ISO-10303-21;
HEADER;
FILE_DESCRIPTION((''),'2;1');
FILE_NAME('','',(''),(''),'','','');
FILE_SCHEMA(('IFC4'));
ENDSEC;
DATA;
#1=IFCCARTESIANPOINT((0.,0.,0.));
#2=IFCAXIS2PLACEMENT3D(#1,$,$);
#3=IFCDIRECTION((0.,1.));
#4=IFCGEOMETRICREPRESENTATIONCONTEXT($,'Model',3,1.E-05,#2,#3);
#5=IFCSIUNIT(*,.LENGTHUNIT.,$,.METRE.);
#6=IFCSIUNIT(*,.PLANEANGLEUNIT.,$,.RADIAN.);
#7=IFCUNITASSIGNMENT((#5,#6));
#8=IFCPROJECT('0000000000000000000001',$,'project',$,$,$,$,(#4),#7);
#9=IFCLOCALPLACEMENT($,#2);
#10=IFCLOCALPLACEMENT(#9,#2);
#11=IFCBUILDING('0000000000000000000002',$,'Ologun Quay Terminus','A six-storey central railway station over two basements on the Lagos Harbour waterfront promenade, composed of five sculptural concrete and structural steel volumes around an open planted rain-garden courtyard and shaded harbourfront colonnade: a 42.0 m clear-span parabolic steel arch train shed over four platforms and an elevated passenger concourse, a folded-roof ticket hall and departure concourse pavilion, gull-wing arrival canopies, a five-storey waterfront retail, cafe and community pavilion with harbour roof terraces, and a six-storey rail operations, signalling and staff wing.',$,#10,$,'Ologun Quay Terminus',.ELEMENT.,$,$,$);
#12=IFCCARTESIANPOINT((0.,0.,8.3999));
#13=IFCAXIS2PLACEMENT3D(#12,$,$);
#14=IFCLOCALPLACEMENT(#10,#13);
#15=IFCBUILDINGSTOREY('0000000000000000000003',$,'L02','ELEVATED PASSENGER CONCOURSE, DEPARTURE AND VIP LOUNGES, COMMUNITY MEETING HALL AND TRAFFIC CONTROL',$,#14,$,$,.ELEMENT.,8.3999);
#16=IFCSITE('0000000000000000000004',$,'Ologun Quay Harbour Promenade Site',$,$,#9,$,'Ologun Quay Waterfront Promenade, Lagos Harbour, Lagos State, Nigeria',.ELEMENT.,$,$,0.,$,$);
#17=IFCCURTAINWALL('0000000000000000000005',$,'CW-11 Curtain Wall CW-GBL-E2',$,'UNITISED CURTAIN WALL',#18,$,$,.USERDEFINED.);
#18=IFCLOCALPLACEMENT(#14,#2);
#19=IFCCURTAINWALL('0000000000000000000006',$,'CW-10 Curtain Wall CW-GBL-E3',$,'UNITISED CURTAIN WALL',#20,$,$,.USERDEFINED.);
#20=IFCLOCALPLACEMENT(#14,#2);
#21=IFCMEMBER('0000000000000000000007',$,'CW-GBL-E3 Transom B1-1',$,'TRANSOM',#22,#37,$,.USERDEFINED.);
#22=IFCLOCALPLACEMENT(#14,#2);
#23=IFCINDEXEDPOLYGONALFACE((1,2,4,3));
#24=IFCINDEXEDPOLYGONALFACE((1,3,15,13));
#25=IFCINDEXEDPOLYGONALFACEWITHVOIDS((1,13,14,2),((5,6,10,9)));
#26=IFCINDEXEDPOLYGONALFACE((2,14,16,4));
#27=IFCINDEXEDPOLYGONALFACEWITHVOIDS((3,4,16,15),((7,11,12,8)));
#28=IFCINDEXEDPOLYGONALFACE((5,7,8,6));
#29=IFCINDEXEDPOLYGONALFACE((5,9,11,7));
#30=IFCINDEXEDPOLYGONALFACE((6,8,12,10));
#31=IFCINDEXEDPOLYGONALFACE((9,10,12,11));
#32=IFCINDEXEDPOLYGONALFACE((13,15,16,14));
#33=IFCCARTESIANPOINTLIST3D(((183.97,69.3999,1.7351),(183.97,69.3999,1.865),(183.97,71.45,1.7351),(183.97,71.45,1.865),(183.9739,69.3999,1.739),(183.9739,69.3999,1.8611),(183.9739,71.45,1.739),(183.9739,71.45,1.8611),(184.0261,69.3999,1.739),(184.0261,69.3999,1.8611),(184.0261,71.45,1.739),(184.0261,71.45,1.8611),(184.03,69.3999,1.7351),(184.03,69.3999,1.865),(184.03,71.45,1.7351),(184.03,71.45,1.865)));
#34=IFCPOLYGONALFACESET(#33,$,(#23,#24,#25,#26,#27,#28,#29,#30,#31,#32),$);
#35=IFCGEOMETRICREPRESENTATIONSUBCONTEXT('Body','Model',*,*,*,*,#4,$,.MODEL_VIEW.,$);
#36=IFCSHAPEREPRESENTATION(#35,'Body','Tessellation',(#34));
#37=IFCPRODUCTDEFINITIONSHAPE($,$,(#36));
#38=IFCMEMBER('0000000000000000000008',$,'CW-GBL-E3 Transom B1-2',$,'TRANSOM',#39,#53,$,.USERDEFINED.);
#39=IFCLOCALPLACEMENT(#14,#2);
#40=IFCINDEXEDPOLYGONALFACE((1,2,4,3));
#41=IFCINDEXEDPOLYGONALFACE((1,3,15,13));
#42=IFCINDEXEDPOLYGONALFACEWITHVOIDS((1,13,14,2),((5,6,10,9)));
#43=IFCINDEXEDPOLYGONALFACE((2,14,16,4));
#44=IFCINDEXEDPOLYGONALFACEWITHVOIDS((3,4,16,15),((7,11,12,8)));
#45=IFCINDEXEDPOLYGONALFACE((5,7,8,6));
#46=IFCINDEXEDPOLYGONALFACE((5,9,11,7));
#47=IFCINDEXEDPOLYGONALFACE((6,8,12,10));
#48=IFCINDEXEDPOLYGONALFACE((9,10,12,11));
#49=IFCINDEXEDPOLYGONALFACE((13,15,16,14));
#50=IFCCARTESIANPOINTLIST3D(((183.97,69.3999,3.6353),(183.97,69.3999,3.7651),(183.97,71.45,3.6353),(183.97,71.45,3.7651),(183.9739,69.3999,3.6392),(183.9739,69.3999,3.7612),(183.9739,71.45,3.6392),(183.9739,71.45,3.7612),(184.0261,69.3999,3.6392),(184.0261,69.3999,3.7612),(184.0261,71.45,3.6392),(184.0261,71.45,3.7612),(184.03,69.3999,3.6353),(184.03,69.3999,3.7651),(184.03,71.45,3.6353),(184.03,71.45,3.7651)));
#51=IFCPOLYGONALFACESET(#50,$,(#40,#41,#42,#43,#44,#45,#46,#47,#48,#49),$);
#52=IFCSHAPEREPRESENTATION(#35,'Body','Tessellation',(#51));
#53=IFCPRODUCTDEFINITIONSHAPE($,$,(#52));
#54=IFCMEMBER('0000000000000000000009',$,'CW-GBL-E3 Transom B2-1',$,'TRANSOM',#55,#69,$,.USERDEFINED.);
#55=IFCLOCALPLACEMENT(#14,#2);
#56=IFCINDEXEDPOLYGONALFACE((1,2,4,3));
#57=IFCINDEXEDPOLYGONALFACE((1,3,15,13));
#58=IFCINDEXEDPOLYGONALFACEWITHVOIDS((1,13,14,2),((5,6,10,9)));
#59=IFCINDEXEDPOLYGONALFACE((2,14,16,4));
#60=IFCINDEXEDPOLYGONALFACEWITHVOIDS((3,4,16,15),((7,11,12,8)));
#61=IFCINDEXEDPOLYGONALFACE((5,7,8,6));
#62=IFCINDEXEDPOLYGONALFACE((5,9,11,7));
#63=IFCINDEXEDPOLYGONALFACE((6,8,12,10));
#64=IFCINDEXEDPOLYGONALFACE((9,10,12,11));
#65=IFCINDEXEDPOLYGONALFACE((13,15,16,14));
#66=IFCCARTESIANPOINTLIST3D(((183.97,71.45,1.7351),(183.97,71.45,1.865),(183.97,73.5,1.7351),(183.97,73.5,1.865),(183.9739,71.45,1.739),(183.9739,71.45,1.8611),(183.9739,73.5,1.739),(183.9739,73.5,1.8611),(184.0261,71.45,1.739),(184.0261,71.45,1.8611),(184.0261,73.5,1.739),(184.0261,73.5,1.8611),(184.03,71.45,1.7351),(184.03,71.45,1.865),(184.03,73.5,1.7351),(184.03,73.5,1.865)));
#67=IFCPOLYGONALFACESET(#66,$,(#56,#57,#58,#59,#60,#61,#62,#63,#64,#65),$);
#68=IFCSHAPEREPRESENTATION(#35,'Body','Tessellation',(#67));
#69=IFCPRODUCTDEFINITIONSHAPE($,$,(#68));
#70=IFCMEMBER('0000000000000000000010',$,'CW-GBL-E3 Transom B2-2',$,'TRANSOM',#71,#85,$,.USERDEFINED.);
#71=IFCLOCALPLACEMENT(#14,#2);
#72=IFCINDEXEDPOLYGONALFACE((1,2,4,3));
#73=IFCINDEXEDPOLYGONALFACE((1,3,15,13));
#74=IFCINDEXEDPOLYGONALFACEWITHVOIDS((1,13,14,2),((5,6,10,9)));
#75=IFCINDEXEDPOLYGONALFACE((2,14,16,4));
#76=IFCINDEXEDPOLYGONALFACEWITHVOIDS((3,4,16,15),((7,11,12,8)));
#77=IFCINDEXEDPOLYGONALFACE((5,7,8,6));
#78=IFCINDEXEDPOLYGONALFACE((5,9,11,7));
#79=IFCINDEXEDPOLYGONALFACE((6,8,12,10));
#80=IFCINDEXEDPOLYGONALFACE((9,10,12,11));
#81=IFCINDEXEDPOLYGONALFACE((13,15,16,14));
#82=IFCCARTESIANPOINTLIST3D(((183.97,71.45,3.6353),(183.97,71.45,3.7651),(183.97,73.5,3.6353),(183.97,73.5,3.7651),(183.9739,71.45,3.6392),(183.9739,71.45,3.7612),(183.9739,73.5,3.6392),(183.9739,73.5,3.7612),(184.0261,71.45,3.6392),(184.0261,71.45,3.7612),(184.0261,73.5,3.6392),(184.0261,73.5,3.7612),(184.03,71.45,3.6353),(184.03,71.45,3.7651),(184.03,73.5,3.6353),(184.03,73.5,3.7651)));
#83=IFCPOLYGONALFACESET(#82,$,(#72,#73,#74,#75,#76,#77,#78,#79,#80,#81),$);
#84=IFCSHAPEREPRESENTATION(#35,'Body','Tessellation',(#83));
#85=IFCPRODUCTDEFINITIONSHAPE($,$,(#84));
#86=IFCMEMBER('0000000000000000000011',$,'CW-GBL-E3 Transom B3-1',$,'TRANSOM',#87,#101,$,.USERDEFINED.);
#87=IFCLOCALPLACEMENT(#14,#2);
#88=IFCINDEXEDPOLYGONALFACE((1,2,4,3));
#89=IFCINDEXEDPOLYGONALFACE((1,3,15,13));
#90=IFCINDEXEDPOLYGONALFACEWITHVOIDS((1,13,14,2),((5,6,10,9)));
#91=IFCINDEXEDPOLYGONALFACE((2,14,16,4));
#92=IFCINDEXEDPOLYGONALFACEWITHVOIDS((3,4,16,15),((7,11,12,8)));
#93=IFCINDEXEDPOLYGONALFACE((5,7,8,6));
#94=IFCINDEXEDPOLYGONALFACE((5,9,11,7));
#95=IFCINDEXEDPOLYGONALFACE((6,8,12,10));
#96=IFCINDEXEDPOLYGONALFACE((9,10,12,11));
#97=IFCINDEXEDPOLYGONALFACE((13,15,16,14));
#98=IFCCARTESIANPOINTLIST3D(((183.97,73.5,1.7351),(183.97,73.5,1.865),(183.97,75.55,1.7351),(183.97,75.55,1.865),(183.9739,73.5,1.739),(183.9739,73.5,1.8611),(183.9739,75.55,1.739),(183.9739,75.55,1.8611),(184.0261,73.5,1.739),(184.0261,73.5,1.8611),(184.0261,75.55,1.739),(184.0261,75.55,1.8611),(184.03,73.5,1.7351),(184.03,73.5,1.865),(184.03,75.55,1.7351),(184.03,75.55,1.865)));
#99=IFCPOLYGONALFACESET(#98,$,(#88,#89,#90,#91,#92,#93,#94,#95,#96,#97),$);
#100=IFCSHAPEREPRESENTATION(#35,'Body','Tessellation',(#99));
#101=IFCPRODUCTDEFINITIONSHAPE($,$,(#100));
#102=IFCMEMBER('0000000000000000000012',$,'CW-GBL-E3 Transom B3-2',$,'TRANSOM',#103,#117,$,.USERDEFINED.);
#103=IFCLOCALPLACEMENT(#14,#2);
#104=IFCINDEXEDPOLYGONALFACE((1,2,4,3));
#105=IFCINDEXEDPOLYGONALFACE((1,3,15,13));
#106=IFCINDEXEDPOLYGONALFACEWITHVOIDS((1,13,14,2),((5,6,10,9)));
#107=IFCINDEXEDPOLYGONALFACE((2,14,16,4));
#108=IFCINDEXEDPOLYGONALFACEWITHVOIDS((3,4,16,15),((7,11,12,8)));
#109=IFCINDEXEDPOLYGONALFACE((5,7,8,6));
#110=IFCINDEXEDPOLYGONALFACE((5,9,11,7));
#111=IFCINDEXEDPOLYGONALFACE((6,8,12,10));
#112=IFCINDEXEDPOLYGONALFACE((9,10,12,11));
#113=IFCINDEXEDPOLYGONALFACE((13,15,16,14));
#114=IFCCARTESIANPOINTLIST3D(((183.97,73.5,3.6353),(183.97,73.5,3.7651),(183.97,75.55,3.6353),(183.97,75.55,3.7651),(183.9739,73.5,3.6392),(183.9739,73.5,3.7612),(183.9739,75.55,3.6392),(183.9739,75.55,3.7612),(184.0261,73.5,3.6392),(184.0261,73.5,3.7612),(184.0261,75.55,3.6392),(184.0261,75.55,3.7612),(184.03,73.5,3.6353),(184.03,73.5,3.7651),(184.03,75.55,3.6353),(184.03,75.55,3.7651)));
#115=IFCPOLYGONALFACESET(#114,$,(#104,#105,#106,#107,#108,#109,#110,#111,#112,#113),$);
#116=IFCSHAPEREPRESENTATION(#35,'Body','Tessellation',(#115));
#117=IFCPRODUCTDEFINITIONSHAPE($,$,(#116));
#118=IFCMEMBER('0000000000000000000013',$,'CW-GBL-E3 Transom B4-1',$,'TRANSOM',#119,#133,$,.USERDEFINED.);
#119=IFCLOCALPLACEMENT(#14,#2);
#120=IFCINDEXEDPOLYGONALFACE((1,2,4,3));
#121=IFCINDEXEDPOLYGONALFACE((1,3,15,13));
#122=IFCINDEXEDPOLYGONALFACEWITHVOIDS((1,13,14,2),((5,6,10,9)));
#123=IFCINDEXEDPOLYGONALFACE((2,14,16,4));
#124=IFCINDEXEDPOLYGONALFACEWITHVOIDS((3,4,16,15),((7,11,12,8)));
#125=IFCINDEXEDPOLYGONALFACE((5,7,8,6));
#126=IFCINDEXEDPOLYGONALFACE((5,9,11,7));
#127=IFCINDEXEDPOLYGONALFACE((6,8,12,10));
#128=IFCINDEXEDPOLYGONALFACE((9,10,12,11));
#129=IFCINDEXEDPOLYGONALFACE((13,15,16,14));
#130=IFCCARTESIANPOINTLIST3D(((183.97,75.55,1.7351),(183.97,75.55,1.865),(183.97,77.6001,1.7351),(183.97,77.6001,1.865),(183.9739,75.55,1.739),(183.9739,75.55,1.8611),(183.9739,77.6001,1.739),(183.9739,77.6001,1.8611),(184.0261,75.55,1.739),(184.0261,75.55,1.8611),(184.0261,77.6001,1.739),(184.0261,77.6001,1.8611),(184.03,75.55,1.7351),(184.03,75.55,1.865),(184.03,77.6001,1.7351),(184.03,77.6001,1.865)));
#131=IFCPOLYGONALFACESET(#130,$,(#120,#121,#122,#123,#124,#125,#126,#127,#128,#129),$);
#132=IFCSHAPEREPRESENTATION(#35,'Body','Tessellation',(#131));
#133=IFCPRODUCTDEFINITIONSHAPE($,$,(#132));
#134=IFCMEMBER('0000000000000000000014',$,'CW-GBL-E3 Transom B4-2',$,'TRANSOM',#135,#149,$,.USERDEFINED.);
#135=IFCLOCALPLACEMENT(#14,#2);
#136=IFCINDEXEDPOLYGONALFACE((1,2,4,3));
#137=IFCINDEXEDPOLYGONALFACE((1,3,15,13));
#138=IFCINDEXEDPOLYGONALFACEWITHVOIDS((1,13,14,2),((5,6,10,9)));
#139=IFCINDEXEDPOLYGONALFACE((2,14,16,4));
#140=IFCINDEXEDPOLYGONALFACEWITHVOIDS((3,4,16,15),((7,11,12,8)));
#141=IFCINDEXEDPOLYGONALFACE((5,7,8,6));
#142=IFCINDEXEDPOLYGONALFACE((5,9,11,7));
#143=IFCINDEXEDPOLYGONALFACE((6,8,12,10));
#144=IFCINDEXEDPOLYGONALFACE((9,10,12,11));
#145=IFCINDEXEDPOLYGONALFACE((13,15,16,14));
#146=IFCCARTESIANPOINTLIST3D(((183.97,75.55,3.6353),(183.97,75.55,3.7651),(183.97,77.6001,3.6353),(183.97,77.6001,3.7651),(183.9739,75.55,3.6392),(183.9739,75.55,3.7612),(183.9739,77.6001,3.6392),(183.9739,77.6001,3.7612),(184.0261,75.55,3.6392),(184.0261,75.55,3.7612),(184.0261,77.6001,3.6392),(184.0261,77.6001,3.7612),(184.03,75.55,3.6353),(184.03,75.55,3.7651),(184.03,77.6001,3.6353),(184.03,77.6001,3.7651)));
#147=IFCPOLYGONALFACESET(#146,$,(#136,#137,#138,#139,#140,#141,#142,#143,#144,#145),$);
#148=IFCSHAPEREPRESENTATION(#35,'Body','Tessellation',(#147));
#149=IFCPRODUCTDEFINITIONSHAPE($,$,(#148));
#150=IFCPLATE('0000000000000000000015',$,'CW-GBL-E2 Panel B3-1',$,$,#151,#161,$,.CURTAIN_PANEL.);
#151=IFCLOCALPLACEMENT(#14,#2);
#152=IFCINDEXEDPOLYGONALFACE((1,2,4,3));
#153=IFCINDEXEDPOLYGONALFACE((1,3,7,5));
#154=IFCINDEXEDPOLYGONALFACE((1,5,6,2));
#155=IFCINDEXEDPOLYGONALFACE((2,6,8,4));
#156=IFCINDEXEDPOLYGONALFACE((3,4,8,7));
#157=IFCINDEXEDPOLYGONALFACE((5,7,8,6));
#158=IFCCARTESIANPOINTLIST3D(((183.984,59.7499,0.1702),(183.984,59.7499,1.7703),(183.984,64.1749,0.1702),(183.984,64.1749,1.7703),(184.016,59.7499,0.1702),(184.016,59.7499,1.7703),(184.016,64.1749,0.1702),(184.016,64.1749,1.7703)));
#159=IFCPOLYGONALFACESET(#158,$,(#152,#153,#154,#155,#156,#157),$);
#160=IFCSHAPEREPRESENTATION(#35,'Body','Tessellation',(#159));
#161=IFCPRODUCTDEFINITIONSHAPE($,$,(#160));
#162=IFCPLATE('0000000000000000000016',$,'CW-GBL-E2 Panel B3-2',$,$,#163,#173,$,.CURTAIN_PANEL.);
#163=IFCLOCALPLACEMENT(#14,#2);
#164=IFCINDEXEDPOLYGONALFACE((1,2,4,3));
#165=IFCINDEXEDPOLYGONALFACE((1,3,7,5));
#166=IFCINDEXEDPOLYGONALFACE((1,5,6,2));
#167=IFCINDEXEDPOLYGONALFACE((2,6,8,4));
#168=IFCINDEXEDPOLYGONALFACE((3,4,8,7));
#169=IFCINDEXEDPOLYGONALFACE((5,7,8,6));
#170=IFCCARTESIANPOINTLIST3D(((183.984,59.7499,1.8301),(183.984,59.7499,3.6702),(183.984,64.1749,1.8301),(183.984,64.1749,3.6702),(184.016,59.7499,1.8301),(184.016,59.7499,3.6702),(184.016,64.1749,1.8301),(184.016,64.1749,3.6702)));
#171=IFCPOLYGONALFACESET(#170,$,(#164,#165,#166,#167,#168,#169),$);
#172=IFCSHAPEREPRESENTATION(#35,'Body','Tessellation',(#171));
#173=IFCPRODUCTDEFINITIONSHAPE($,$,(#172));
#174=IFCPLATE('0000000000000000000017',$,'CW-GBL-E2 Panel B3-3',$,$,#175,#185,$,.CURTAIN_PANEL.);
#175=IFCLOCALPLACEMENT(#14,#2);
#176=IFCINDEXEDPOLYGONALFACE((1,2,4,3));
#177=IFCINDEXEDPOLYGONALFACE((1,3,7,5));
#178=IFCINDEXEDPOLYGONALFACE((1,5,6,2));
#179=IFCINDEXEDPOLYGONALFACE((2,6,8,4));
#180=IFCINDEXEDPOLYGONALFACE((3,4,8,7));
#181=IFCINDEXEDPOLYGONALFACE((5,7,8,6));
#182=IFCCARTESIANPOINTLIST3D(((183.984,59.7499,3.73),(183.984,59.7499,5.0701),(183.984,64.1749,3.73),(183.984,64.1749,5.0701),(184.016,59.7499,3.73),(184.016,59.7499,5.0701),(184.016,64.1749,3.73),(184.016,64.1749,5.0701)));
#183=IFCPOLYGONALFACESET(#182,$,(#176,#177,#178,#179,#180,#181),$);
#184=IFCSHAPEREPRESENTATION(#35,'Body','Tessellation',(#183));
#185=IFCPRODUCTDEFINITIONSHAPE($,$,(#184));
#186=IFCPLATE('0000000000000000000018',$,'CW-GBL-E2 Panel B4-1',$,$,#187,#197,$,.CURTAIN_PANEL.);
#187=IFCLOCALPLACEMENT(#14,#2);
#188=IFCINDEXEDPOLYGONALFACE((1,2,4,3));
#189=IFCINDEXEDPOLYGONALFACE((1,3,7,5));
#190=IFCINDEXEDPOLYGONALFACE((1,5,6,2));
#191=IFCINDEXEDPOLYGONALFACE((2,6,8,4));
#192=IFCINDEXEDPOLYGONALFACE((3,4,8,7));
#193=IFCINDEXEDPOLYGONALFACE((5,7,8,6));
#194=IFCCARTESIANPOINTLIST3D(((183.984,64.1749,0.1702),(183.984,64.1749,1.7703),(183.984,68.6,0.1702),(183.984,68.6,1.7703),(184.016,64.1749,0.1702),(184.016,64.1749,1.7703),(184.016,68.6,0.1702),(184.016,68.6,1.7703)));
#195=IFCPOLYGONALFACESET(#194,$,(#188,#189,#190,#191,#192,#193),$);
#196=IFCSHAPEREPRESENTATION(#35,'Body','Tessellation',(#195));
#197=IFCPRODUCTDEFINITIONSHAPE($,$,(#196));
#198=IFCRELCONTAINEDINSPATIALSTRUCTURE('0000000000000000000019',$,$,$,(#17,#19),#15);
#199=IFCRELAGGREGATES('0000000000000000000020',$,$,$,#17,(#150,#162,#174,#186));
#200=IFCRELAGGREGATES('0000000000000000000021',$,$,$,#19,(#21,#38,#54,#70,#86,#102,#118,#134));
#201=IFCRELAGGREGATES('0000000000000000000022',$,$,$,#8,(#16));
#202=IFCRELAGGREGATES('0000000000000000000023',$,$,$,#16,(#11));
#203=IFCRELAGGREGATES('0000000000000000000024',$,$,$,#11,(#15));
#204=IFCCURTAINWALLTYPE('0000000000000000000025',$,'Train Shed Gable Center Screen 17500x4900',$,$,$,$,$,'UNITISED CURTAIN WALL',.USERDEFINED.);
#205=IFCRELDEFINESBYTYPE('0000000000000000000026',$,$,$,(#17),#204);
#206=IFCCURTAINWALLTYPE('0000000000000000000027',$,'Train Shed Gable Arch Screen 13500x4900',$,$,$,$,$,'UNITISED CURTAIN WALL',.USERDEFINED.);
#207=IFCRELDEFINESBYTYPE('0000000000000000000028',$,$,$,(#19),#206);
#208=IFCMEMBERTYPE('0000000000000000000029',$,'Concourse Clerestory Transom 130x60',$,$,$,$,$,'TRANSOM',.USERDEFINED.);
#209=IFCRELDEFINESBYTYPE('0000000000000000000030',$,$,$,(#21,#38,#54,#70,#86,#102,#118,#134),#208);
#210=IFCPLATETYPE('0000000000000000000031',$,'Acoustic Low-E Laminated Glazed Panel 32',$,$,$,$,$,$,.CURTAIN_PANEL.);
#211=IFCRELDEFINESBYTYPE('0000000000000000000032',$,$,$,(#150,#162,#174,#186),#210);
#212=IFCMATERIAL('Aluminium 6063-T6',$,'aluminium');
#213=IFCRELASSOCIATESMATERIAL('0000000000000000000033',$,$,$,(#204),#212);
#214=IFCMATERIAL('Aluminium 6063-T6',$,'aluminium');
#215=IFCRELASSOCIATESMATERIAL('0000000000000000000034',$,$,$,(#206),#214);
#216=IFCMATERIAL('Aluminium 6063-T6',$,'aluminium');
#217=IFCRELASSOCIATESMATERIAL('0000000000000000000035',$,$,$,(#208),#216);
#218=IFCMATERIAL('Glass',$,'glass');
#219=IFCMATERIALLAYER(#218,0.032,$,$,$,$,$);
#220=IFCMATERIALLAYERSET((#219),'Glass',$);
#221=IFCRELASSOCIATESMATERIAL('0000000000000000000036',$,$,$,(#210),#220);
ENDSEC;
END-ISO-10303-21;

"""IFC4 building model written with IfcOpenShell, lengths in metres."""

from ifc_helpers import new_model, si_unit, direction, frame, origin, origin_2d, place, context, subcontext, project, spatial, rectangle, hollow_rectangle, extrude, material, layer, layer_set, material_profile, profile_set, type_object, element, aggregate, save


model = new_model("IFC4")

# Units and contexts
model_context = context("Model", 3, precision=1e-05, world=origin(), true_north=direction((0.0, 1.0)))
body_context = subcontext(model_context, "Body", "Model", "MODEL_VIEW")
ifc_project = project(units=[si_unit("LENGTHUNIT", "METRE"), si_unit("PLANEANGLEUNIT", "RADIAN")], contexts=[model_context])

# Site, building, storey
site_placement = place(None, origin())
site = spatial("IfcSite", under=ifc_project, at=site_placement, Name="Ologun Quay Harbour Promenade Site", LongName="Ologun Quay Waterfront Promenade, Lagos Harbour, Lagos State, Nigeria", CompositionType="ELEMENT", RefElevation=0.0)
building_placement = place(site_placement, origin())
building = spatial("IfcBuilding", under=site, at=building_placement, Name="Ologun Quay Terminus", Description="A six-storey central railway station over two basements on the Lagos Harbour waterfront promenade, composed of five sculptural concrete and structural steel volumes around an open planted rain-garden courtyard and shaded harbourfront colonnade: a 42.0 m clear-span parabolic steel arch train shed over four platforms and an elevated passenger concourse, a folded-roof ticket hall and departure concourse pavilion, gull-wing arrival canopies, a five-storey waterfront retail, cafe and community pavilion with harbour roof terraces, and a six-storey rail operations, signalling and staff wing.", LongName="Ologun Quay Terminus", CompositionType="ELEMENT")
storey_placement = place(building_placement, frame((0.0, 0.0, 8.3999)))
storey = spatial("IfcBuildingStorey", under=building, at=storey_placement, Name="L02", Description="ELEVATED PASSENGER CONCOURSE, DEPARTURE AND VIP LOUNGES, COMMUNITY MEETING HALL AND TRAFFIC CONTROL", CompositionType="ELEMENT", Elevation=8.3999)

# Curtain walls
ifc_material_1 = material(Name="Aluminium 6063-T6", Category="aluminium")
curtain_wall_type_1 = type_object("IfcCurtainWallType", Name="Train Shed Gable Center Screen 17500x4900", ElementType="UNITISED CURTAIN WALL", PredefinedType="USERDEFINED", material=ifc_material_1)
curtain_wall_1_placement = place(storey_placement, origin())
curtain_wall_1 = element("IfcCurtainWall", 1, at=curtain_wall_1_placement, inside=storey, type_object=curtain_wall_type_1, Name="CW-11 Curtain Wall CW-GBL-E2", ObjectType="UNITISED CURTAIN WALL", PredefinedType="USERDEFINED")
ifc_material_2 = material(Name="Aluminium 6063-T6", Category="aluminium")
curtain_wall_type_2 = type_object("IfcCurtainWallType", Name="Train Shed Gable Arch Screen 13500x4900", ElementType="UNITISED CURTAIN WALL", PredefinedType="USERDEFINED", material=ifc_material_2)
curtain_wall_2_placement = place(storey_placement, origin())
curtain_wall_2 = element("IfcCurtainWall", 2, at=curtain_wall_2_placement, inside=storey, type_object=curtain_wall_type_2, Name="CW-10 Curtain Wall CW-GBL-E3", ObjectType="UNITISED CURTAIN WALL", PredefinedType="USERDEFINED")

# Members
ifc_material_3 = material(Name="Aluminium 6063-T6", Category="aluminium")
ifc_material_profile_1 = material_profile(ifc_material_3, hollow_rectangle(XDim=0.0601, YDim=0.1299, WallThickness=0.0039, at=origin_2d()), Name="ALU 130x60x4")
ifc_profile_set_1 = profile_set([ifc_material_profile_1], Name="Aluminium 6063-T6")
member_type_1 = type_object("IfcMemberType", Name="Concourse Clerestory Transom 130x60", ElementType="TRANSOM", PredefinedType="USERDEFINED", material=ifc_profile_set_1)
member_1_placement = place(storey_placement, frame((184.0, 69.3999, 1.8), z_axis=(0.0, 1.0, 0.0), x_axis=(-1.0, 0.0, 0.0)))
member_1 = element("IfcMember", 3, at=member_1_placement, type_object=member_type_1, Name="CW-GBL-E3 Transom B1-1", ObjectType="TRANSOM", PredefinedType="USERDEFINED", context=body_context, shape_type="SweptSolid", body=[
    extrude(hollow_rectangle(XDim=0.0601, YDim=0.1299, WallThickness=0.0039, at=origin_2d()), origin(), (0.0, 0.0, 1.0), 2.05),
])
member_2_placement = place(storey_placement, frame((184.0, 69.3999, 3.7002), z_axis=(0.0, 1.0, 0.0), x_axis=(-1.0, 0.0, 0.0)))
member_2 = element("IfcMember", 4, at=member_2_placement, type_object=member_type_1, Name="CW-GBL-E3 Transom B1-2", ObjectType="TRANSOM", PredefinedType="USERDEFINED", context=body_context, shape_type="SweptSolid", body=[
    extrude(hollow_rectangle(XDim=0.0601, YDim=0.1299, WallThickness=0.0039, at=origin_2d()), origin(), (0.0, 0.0, 1.0), 2.05),
])
member_3_placement = place(storey_placement, frame((184.0, 71.45, 1.8), z_axis=(0.0, 1.0, 0.0), x_axis=(-1.0, 0.0, 0.0)))
member_3 = element("IfcMember", 5, at=member_3_placement, type_object=member_type_1, Name="CW-GBL-E3 Transom B2-1", ObjectType="TRANSOM", PredefinedType="USERDEFINED", context=body_context, shape_type="SweptSolid", body=[
    extrude(hollow_rectangle(XDim=0.0601, YDim=0.1299, WallThickness=0.0039, at=origin_2d()), origin(), (0.0, 0.0, 1.0), 2.05),
])
member_4_placement = place(storey_placement, frame((184.0, 71.45, 3.7002), z_axis=(0.0, 1.0, 0.0), x_axis=(-1.0, 0.0, 0.0)))
member_4 = element("IfcMember", 6, at=member_4_placement, type_object=member_type_1, Name="CW-GBL-E3 Transom B2-2", ObjectType="TRANSOM", PredefinedType="USERDEFINED", context=body_context, shape_type="SweptSolid", body=[
    extrude(hollow_rectangle(XDim=0.0601, YDim=0.1299, WallThickness=0.0039, at=origin_2d()), origin(), (0.0, 0.0, 1.0), 2.05),
])
member_5_placement = place(storey_placement, frame((184.0, 73.5, 1.8), z_axis=(0.0, 1.0, 0.0), x_axis=(-1.0, 0.0, 0.0)))
member_5 = element("IfcMember", 7, at=member_5_placement, type_object=member_type_1, Name="CW-GBL-E3 Transom B3-1", ObjectType="TRANSOM", PredefinedType="USERDEFINED", context=body_context, shape_type="SweptSolid", body=[
    extrude(hollow_rectangle(XDim=0.0601, YDim=0.1299, WallThickness=0.0039, at=origin_2d()), origin(), (0.0, 0.0, 1.0), 2.05),
])
member_6_placement = place(storey_placement, frame((184.0, 73.5, 3.7002), z_axis=(0.0, 1.0, 0.0), x_axis=(-1.0, 0.0, 0.0)))
member_6 = element("IfcMember", 8, at=member_6_placement, type_object=member_type_1, Name="CW-GBL-E3 Transom B3-2", ObjectType="TRANSOM", PredefinedType="USERDEFINED", context=body_context, shape_type="SweptSolid", body=[
    extrude(hollow_rectangle(XDim=0.0601, YDim=0.1299, WallThickness=0.0039, at=origin_2d()), origin(), (0.0, 0.0, 1.0), 2.05),
])
member_7_placement = place(storey_placement, frame((184.0, 75.55, 1.8), z_axis=(0.0, 1.0, 0.0), x_axis=(-1.0, 0.0, 0.0)))
member_7 = element("IfcMember", 9, at=member_7_placement, type_object=member_type_1, Name="CW-GBL-E3 Transom B4-1", ObjectType="TRANSOM", PredefinedType="USERDEFINED", context=body_context, shape_type="SweptSolid", body=[
    extrude(hollow_rectangle(XDim=0.0601, YDim=0.1299, WallThickness=0.0039, at=origin_2d()), origin(), (0.0, 0.0, 1.0), 2.05),
])
member_8_placement = place(storey_placement, frame((184.0, 75.55, 3.7002), z_axis=(0.0, 1.0, 0.0), x_axis=(-1.0, 0.0, 0.0)))
member_8 = element("IfcMember", 10, at=member_8_placement, type_object=member_type_1, Name="CW-GBL-E3 Transom B4-2", ObjectType="TRANSOM", PredefinedType="USERDEFINED", context=body_context, shape_type="SweptSolid", body=[
    extrude(hollow_rectangle(XDim=0.0601, YDim=0.1299, WallThickness=0.0039, at=origin_2d()), origin(), (0.0, 0.0, 1.0), 2.05),
])

# Plates
ifc_material_4 = material(Name="Glass", Category="glass")
ifc_layer = layer(ifc_material_4, 0.032)
ifc_layer_set = layer_set([ifc_layer], Name="Glass")
plate_type = type_object("IfcPlateType", Name="Acoustic Low-E Laminated Glazed Panel 32", PredefinedType="CURTAIN_PANEL", material=ifc_layer_set)
plate_1_placement = place(storey_placement, frame((184.0, 61.9624, 0.1702), z_axis=(0.0, 0.0, 1.0), x_axis=(0.0, 1.0, 0.0)))
plate_1 = element("IfcPlate", 11, at=plate_1_placement, type_object=plate_type, Name="CW-GBL-E2 Panel B3-1", PredefinedType="CURTAIN_PANEL", context=body_context, shape_type="SweptSolid", body=[
    extrude(rectangle(XDim=4.425, YDim=0.032, at=origin_2d()), origin(), (0.0, 0.0, 1.0), 1.6001),
])
plate_2_placement = place(storey_placement, frame((184.0, 61.9624, 1.8301), z_axis=(0.0, 0.0, 1.0), x_axis=(0.0, 1.0, 0.0)))
plate_2 = element("IfcPlate", 12, at=plate_2_placement, type_object=plate_type, Name="CW-GBL-E2 Panel B3-2", PredefinedType="CURTAIN_PANEL", context=body_context, shape_type="SweptSolid", body=[
    extrude(rectangle(XDim=4.425, YDim=0.032, at=origin_2d()), origin(), (0.0, 0.0, 1.0), 1.8401),
])
plate_3_placement = place(storey_placement, frame((184.0, 61.9624, 3.73), z_axis=(0.0, 0.0, 1.0), x_axis=(0.0, 1.0, 0.0)))
plate_3 = element("IfcPlate", 13, at=plate_3_placement, type_object=plate_type, Name="CW-GBL-E2 Panel B3-3", PredefinedType="CURTAIN_PANEL", context=body_context, shape_type="SweptSolid", body=[
    extrude(rectangle(XDim=4.425, YDim=0.032, at=origin_2d()), origin(), (0.0, 0.0, 1.0), 1.3401),
])
plate_4_placement = place(storey_placement, frame((184.0, 66.3875, 0.1702), z_axis=(0.0, 0.0, 1.0), x_axis=(0.0, 1.0, 0.0)))
plate_4 = element("IfcPlate", 14, at=plate_4_placement, type_object=plate_type, Name="CW-GBL-E2 Panel B4-1", PredefinedType="CURTAIN_PANEL", context=body_context, shape_type="SweptSolid", body=[
    extrude(rectangle(XDim=4.425, YDim=0.032, at=origin_2d()), origin(), (0.0, 0.0, 1.0), 1.6001),
])
aggregate(curtain_wall_1, [plate_1, plate_2, plate_3, plate_4])
aggregate(curtain_wall_2, [member_1, member_2, member_3, member_4, member_5, member_6, member_7, member_8])

save(model, "model.ifc")
